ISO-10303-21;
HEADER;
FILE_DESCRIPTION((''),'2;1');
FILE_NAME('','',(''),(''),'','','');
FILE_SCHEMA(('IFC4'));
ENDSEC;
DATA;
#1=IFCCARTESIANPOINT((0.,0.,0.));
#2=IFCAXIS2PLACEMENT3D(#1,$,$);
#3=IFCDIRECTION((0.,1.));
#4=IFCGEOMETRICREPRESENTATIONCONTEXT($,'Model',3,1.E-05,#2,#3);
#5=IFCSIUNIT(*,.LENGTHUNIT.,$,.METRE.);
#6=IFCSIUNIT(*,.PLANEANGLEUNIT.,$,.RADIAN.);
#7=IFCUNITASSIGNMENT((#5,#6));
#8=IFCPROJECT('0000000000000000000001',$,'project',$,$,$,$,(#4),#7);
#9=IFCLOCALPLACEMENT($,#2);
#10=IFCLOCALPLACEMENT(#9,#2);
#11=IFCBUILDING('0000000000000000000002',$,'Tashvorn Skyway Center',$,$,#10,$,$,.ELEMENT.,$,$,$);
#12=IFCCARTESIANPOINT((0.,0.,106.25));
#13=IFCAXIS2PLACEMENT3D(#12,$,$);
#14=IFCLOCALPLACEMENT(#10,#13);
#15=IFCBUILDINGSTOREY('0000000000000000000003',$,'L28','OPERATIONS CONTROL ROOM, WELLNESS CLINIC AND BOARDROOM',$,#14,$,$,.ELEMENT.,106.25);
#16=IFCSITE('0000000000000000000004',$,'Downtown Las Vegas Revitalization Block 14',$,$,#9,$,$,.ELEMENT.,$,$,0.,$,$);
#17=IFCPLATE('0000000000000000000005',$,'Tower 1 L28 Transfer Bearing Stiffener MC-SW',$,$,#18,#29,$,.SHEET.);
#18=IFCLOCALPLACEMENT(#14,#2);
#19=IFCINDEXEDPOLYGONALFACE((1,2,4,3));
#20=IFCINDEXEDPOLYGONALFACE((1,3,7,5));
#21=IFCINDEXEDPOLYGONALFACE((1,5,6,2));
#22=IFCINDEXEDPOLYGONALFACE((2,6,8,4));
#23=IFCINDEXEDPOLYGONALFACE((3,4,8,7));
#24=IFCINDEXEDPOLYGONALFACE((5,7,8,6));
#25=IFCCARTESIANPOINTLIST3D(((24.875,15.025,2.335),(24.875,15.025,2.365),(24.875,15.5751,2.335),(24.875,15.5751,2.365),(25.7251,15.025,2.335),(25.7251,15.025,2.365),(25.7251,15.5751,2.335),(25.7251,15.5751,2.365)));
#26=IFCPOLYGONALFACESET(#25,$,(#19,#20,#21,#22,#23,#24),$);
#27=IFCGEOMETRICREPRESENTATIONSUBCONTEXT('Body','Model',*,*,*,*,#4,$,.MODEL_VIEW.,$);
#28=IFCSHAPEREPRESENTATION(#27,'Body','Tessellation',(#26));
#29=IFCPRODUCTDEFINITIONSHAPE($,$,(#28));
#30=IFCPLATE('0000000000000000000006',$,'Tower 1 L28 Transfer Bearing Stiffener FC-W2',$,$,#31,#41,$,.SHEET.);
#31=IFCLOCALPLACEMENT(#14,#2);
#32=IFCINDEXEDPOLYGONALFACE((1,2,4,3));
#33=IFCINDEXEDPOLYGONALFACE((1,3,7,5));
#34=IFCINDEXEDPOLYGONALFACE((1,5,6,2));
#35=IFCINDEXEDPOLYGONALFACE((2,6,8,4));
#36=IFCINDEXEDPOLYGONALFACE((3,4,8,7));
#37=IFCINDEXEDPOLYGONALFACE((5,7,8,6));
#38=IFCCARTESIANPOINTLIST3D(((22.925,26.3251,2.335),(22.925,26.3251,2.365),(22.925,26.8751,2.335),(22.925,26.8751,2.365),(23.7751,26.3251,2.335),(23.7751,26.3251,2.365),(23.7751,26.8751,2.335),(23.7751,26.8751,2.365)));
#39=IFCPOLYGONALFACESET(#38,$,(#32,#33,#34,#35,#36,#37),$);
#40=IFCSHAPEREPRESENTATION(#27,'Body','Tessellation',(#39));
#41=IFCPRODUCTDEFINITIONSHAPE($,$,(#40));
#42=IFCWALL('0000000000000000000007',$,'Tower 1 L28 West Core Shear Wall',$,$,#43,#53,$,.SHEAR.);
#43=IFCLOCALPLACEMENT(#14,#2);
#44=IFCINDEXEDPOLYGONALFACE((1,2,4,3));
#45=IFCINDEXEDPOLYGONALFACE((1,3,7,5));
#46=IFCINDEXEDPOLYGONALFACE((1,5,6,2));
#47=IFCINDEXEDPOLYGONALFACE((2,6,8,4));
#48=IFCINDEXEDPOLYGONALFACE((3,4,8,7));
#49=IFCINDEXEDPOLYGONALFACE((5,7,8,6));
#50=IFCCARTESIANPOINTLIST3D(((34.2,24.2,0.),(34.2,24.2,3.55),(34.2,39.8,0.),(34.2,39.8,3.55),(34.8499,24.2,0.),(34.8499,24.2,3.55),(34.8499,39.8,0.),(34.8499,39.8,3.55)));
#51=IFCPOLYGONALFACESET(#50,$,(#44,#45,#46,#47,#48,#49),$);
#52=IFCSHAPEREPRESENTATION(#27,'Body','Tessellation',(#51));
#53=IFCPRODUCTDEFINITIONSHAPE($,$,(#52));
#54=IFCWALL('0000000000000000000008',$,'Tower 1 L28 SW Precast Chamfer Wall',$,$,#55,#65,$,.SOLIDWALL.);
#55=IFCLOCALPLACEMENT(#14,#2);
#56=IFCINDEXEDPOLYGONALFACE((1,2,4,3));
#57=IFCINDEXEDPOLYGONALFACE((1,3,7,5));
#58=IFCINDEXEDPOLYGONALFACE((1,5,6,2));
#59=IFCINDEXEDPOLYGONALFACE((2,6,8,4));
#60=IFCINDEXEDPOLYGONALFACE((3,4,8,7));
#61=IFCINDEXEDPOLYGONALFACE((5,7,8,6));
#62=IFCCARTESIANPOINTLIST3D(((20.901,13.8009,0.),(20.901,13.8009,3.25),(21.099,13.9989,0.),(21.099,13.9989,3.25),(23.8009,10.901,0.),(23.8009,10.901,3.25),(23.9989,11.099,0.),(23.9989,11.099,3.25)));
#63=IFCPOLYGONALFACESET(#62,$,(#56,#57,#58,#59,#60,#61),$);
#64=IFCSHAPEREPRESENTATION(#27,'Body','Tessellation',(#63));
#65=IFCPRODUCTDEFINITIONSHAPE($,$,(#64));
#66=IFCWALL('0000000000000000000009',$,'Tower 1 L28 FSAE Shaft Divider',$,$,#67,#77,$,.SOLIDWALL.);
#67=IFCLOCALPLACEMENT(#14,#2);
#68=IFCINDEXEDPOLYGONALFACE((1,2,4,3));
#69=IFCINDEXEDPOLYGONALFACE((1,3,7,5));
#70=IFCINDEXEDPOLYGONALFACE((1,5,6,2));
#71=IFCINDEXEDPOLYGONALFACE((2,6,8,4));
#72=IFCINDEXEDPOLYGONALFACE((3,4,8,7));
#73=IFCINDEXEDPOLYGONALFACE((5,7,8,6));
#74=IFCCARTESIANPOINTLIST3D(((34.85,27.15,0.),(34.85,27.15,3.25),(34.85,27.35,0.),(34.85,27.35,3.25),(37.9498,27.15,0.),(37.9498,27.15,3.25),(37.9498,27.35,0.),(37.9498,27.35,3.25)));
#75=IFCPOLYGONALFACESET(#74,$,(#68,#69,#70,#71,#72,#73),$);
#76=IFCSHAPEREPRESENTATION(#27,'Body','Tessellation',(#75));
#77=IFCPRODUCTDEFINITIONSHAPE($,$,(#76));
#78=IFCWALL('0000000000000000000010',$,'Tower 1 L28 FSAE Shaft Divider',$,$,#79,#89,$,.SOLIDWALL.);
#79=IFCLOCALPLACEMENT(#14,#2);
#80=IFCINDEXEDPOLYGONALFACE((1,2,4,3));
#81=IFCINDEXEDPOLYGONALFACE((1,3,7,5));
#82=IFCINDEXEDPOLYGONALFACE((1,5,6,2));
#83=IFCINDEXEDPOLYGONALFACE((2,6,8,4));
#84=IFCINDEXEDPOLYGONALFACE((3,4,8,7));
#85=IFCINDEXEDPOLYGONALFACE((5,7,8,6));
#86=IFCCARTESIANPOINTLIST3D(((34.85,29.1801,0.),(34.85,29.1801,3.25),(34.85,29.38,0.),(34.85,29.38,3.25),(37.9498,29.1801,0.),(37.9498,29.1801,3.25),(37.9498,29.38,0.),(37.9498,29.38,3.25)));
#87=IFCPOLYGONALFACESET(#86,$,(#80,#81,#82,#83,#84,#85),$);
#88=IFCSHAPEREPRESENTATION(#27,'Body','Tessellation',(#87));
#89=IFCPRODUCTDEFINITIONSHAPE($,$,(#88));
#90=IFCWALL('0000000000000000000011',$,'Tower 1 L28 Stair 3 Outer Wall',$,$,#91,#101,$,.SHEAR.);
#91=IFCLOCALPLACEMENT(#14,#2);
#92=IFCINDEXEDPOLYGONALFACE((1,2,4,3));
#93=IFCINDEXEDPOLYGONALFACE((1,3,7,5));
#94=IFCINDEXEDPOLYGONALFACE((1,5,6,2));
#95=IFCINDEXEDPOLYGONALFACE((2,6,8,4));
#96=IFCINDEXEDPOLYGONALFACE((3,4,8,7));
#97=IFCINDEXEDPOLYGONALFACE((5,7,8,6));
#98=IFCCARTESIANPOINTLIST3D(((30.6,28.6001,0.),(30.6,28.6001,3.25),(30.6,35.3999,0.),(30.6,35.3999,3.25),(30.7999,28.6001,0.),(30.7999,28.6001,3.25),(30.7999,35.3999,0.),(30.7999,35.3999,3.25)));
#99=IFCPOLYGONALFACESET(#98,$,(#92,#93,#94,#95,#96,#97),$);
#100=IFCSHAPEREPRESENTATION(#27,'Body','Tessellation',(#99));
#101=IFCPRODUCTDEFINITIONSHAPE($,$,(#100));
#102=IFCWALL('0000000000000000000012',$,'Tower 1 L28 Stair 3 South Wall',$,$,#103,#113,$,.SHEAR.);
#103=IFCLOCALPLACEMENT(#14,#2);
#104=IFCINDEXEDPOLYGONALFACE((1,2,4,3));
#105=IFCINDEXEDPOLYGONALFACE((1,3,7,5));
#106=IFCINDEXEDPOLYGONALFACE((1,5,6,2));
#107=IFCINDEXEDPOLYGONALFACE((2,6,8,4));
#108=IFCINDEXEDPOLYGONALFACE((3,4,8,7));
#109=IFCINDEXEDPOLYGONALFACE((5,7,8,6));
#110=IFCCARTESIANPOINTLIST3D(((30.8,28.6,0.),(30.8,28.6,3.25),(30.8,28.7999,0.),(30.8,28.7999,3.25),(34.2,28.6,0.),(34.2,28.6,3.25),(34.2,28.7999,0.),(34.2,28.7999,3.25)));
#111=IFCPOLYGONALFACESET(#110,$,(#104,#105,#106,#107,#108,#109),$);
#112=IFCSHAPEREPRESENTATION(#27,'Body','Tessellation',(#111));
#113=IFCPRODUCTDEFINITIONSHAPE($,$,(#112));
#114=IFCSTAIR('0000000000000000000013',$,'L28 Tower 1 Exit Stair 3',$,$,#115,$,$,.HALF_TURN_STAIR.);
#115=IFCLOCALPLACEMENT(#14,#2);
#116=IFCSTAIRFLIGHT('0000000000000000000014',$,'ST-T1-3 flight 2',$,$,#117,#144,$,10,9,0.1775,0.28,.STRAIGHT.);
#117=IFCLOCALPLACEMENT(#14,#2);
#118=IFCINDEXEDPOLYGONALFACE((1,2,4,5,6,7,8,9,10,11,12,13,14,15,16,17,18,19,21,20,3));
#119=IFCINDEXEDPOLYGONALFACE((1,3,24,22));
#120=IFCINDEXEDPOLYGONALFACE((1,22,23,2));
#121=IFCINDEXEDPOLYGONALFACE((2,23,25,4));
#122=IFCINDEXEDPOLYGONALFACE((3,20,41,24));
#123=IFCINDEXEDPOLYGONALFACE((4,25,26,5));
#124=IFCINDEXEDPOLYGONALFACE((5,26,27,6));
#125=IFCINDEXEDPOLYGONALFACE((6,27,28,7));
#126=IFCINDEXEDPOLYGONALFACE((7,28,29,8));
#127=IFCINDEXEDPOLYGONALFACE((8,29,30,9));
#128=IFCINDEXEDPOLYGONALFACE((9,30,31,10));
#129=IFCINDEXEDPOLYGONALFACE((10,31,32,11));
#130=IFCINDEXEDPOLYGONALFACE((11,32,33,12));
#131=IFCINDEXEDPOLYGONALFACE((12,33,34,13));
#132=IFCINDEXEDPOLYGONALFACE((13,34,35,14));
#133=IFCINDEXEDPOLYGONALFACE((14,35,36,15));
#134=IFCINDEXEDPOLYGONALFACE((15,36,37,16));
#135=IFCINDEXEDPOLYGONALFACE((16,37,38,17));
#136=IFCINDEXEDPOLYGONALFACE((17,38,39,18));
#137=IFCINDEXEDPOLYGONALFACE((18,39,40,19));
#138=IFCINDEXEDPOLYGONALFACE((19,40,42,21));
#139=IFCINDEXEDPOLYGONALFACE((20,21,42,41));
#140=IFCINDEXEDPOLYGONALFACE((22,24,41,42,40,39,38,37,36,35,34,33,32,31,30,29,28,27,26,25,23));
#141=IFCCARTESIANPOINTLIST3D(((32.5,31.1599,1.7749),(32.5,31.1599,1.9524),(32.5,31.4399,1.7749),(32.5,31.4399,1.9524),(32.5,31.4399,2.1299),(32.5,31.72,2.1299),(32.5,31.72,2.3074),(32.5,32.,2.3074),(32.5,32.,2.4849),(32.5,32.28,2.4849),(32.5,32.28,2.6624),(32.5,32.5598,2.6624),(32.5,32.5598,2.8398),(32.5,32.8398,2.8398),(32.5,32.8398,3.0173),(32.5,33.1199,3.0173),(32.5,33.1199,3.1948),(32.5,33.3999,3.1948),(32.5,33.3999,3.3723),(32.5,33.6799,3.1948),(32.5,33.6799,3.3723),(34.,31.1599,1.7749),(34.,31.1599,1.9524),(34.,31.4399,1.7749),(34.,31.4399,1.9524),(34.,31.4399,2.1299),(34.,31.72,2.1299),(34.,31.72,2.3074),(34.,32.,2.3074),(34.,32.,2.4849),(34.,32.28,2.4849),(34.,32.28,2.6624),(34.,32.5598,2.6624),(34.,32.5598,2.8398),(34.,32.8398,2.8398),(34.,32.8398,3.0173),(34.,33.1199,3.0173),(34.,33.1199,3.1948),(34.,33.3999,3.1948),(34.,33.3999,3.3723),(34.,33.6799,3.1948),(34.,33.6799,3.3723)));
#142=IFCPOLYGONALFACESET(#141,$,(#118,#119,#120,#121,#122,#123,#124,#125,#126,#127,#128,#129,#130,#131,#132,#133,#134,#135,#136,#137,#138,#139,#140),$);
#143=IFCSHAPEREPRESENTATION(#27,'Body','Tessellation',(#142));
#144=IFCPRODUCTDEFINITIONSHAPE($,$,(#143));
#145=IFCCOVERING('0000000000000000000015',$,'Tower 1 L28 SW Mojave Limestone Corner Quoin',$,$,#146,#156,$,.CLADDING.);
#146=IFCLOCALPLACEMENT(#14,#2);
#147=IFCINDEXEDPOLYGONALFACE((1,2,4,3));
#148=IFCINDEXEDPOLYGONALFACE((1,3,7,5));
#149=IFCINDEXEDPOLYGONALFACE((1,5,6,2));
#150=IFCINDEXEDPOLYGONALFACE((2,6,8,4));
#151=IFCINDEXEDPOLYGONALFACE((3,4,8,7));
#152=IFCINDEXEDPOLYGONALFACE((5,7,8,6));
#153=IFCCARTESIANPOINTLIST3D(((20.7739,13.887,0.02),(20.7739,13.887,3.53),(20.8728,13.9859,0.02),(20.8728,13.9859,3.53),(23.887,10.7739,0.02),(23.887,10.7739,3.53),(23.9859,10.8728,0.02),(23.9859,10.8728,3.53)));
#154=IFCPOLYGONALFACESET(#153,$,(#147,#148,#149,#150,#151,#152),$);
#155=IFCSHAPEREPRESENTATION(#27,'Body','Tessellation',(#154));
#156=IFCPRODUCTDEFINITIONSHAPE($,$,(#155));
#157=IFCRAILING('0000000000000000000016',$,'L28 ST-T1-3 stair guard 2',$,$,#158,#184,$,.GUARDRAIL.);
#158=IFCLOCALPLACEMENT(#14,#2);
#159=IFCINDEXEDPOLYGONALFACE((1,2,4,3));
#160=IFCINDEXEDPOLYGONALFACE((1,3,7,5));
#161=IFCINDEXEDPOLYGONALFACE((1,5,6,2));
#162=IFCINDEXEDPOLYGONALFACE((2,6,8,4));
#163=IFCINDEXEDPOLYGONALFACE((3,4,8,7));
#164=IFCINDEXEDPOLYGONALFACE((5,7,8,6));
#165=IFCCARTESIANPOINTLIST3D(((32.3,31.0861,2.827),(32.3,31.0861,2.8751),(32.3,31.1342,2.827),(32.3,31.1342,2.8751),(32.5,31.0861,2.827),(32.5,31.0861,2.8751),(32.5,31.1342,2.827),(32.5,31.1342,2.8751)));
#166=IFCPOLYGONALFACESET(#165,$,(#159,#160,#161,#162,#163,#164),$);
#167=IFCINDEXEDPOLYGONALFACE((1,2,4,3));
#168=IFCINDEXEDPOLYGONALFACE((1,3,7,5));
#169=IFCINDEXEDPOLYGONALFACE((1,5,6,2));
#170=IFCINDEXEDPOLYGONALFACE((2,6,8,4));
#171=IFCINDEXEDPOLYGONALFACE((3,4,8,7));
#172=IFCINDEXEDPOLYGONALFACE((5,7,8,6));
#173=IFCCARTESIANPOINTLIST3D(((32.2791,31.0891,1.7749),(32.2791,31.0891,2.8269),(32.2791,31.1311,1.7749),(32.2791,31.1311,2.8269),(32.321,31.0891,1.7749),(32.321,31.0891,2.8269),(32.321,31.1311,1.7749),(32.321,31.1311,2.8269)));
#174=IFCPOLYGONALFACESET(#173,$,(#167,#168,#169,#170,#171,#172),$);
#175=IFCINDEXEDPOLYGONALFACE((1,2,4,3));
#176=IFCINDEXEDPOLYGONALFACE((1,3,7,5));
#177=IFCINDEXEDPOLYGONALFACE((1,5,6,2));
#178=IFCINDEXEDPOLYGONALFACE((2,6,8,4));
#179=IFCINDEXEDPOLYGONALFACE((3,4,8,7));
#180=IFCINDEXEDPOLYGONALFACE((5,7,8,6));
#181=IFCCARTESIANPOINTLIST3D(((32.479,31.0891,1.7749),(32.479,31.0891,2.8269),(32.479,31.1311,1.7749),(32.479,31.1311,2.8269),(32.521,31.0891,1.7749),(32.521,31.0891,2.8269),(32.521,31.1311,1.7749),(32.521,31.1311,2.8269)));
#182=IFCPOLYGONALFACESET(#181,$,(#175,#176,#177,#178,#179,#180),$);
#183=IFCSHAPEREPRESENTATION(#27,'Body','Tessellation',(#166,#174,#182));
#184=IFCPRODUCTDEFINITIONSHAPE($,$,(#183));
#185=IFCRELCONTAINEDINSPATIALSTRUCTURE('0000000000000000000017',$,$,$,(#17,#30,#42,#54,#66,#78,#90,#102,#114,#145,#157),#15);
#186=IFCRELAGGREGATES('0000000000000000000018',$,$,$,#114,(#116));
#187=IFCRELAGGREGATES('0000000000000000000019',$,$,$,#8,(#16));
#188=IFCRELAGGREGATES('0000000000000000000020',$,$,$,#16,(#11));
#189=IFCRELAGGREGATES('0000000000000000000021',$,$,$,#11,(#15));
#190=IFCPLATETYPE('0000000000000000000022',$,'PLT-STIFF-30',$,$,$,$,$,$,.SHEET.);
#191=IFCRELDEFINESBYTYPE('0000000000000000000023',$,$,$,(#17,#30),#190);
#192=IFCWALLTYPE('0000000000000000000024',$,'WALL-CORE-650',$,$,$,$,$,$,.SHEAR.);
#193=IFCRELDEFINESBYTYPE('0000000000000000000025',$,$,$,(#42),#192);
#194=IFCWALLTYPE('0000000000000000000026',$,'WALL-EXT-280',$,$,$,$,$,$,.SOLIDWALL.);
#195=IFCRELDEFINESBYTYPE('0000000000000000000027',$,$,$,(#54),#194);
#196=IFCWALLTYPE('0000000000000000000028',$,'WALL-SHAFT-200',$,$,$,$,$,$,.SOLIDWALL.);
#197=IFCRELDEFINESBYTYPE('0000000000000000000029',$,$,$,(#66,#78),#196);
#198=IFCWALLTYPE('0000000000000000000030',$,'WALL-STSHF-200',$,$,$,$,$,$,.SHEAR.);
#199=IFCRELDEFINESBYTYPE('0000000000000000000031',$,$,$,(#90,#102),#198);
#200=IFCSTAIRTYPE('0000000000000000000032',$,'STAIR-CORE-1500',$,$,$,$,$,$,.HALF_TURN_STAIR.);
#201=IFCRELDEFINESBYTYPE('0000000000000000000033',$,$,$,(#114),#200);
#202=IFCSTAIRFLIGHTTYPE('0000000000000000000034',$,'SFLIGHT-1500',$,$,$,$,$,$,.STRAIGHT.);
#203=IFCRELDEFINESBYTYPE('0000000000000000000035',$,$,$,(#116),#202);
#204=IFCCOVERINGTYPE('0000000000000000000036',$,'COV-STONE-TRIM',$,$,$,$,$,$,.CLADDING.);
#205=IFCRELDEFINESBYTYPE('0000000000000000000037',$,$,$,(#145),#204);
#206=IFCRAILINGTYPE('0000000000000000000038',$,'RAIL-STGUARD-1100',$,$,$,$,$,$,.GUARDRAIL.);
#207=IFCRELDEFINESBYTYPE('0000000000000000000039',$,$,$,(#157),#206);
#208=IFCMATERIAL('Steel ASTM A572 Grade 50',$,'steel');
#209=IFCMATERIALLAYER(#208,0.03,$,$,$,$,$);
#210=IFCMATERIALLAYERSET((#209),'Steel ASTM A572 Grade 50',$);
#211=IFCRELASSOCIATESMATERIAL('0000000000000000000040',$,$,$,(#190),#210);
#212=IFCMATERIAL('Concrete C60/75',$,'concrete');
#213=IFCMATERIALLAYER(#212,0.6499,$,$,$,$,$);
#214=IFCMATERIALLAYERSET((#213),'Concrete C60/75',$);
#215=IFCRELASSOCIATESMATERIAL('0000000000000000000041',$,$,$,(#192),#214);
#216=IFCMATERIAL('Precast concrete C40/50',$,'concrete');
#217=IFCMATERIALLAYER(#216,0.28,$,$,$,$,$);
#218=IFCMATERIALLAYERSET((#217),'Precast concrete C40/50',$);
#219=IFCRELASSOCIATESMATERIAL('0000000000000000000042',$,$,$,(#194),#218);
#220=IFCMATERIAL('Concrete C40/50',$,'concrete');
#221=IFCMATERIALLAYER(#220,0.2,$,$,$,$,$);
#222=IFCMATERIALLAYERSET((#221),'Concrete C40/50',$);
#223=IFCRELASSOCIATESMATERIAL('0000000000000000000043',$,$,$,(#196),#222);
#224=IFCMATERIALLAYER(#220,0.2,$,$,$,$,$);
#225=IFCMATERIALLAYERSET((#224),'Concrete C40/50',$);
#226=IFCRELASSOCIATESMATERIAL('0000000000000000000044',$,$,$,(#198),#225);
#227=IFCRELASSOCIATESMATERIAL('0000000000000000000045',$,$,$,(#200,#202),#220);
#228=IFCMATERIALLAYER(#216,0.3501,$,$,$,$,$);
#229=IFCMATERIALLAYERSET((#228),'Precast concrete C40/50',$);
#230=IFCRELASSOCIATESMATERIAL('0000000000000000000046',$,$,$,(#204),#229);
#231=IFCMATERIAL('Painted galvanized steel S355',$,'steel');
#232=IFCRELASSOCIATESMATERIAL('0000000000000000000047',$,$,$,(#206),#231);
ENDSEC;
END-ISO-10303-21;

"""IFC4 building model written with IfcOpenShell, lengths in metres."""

from ifc_helpers import new_model, si_unit, direction, frame, frame_2d, origin, origin_2d, place, context, subcontext, project, spatial, polyline, rectangle, outline, extrude, material, layer, layer_set, type_object, element, aggregate, save


model = new_model("IFC4")

# Units and contexts
model_context = context("Model", 3, precision=1e-05, world=origin(), true_north=direction((0.0, 1.0)))
body_context = subcontext(model_context, "Body", "Model", "MODEL_VIEW")
ifc_project = project(units=[si_unit("LENGTHUNIT", "METRE"), si_unit("PLANEANGLEUNIT", "RADIAN")], contexts=[model_context])

# Site, building, storey
site_placement = place(None, origin())
site = spatial("IfcSite", under=ifc_project, at=site_placement, Name="Downtown Las Vegas Revitalization Block 14", CompositionType="ELEMENT", RefElevation=0.0)
building_placement = place(site_placement, origin())
building = spatial("IfcBuilding", under=site, at=building_placement, Name="Tashvorn Skyway Center", CompositionType="ELEMENT")
storey_placement = place(building_placement, frame((0.0, 0.0, 106.25)))
storey = spatial("IfcBuildingStorey", under=building, at=storey_placement, Name="L28", Description="OPERATIONS CONTROL ROOM, WELLNESS CLINIC AND BOARDROOM", CompositionType="ELEMENT", Elevation=106.25)

# Shared definitions
ifc_material_1 = material(Name="Steel ASTM A572 Grade 50", Category="steel")

# Plates
ifc_layer_1 = layer(ifc_material_1, 0.03)
ifc_layer_set_1 = layer_set([ifc_layer_1], Name="Steel ASTM A572 Grade 50")
plate_type_1 = type_object("IfcPlateType", Name="PLT-STIFF-30", PredefinedType="SHEET", material=ifc_layer_set_1)
for number, where, z_axis, x_axis, name in (
    (1, (25.3, 15.3, 2.335), (0.0, 0.0, 1.0), (1.0, 0.0, 0.0), "Tower 1 L28 Transfer Bearing Stiffener MC-SW"),
    (2, (23.3501, 26.6001, 2.335), (0.0, 0.0, 1.0), (1.0, 0.0, 0.0), "Tower 1 L28 Transfer Bearing Stiffener FC-W2"),
):
    element("IfcPlate", number, at=place(storey_placement, frame(where, z_axis=z_axis, x_axis=x_axis)), inside=storey, type_object=plate_type_1, Name=name, PredefinedType="SHEET", context=body_context, shape_type="SweptSolid", body=[
        extrude(rectangle(XDim=0.8501, YDim=0.55, at=origin_2d()), origin(), (0.0, 0.0, 1.0), 0.03),
    ])

# Walls
ifc_material_2 = material(Name="Concrete C60/75", Category="concrete")
ifc_layer_2 = layer(ifc_material_2, 0.6499)
ifc_layer_set_2 = layer_set([ifc_layer_2], Name="Concrete C60/75")
wall_type_1 = type_object("IfcWallType", Name="WALL-CORE-650", PredefinedType="SHEAR", material=ifc_layer_set_2)
wall_1_placement = place(storey_placement, frame((34.5249, 24.2, 0.0), z_axis=(0.0, 0.0, 1.0), x_axis=(0.0, 1.0, 0.0)))
element("IfcWall", 3, at=wall_1_placement, inside=storey, type_object=wall_type_1, Name="Tower 1 L28 West Core Shear Wall", PredefinedType="SHEAR", context=body_context, shape_type="SweptSolid", body=[
    extrude(rectangle(XDim=15.6001, YDim=0.6499, at=frame_2d((7.8, 0.0))), origin(), (0.0, 0.0, 1.0), 3.55),
])
ifc_material_3 = material(Name="Precast concrete C40/50", Category="concrete")
ifc_layer_3 = layer(ifc_material_3, 0.28)
ifc_layer_set_3 = layer_set([ifc_layer_3], Name="Precast concrete C40/50")
wall_type_2 = type_object("IfcWallType", Name="WALL-EXT-280", PredefinedType="SOLIDWALL", material=ifc_layer_set_3)
wall_2_placement = place(storey_placement, frame((23.8999, 11.0, 0.0), z_axis=(0.0, 0.0, 1.0), x_axis=(-0.707107, 0.707107, 0.0)))
element("IfcWall", 4, at=wall_2_placement, inside=storey, type_object=wall_type_2, Name="Tower 1 L28 SW Precast Chamfer Wall", PredefinedType="SOLIDWALL", context=body_context, shape_type="SweptSolid", body=[
    extrude(rectangle(XDim=4.1011, YDim=0.28, at=frame_2d((2.0505, 0.0))), origin(), (0.0, 0.0, 1.0), 3.25),
])
ifc_material_4 = material(Name="Concrete C40/50", Category="concrete")
ifc_layer_4 = layer(ifc_material_4, 0.2)
ifc_layer_set_4 = layer_set([ifc_layer_4], Name="Concrete C40/50")
wall_type_3 = type_object("IfcWallType", Name="WALL-SHAFT-200", PredefinedType="SOLIDWALL", material=ifc_layer_set_4)
for number, where, z_axis, x_axis, name in (
    (5, (34.8501, 27.25, 0.0), (0.0, 0.0, 1.0), (1.0, 0.0, 0.0), "Tower 1 L28 FSAE Shaft Divider"),
    (6, (34.8501, 29.28, 0.0), (0.0, 0.0, 1.0), (1.0, 0.0, 0.0), "Tower 1 L28 FSAE Shaft Divider"),
):
    element("IfcWall", number, at=place(storey_placement, frame(where, z_axis=z_axis, x_axis=x_axis)), inside=storey, type_object=wall_type_3, Name=name, PredefinedType="SOLIDWALL", context=body_context, shape_type="SweptSolid", body=[
        extrude(rectangle(XDim=3.0999, YDim=0.2, at=frame_2d((1.5498, 0.0))), origin(), (0.0, 0.0, 1.0), 3.25),
    ])
ifc_layer_5 = layer(ifc_material_4, 0.2)
ifc_layer_set_5 = layer_set([ifc_layer_5], Name="Concrete C40/50")
wall_type_4 = type_object("IfcWallType", Name="WALL-STSHF-200", PredefinedType="SHEAR", material=ifc_layer_set_5)
wall_3_placement = place(storey_placement, frame((30.7, 28.6001, 0.0), z_axis=(0.0, 0.0, 1.0), x_axis=(0.0, 1.0, 0.0)))
element("IfcWall", 7, at=wall_3_placement, inside=storey, type_object=wall_type_4, Name="Tower 1 L28 Stair 3 Outer Wall", PredefinedType="SHEAR", context=body_context, shape_type="SweptSolid", body=[
    extrude(rectangle(XDim=6.7998, YDim=0.2, at=frame_2d((3.3999, 0.0))), origin(), (0.0, 0.0, 1.0), 3.25),
])
wall_4_placement = place(storey_placement, frame((30.8, 28.7, 0.0), z_axis=(0.0, 0.0, 1.0), x_axis=(1.0, 0.0, 0.0)))
element("IfcWall", 8, at=wall_4_placement, inside=storey, type_object=wall_type_4, Name="Tower 1 L28 Stair 3 South Wall", PredefinedType="SHEAR", context=body_context, shape_type="SweptSolid", body=[
    extrude(rectangle(XDim=3.3999, YDim=0.2, at=frame_2d((1.7, 0.0))), origin(), (0.0, 0.0, 1.0), 3.25),
])

# Stair, stair flight
stair_type = type_object("IfcStairType", Name="STAIR-CORE-1500", PredefinedType="HALF_TURN_STAIR", material=ifc_material_4)
stair_placement = place(storey_placement, origin())
stair = element("IfcStair", 9, at=stair_placement, inside=storey, type_object=stair_type, Name="L28 Tower 1 Exit Stair 3", PredefinedType="HALF_TURN_STAIR")
stair_flight_type = type_object("IfcStairFlightType", Name="SFLIGHT-1500", PredefinedType="STRAIGHT", material=ifc_material_4)
stair_flight_placement = place(storey_placement, frame((33.25, 31.1599, 1.7749), z_axis=(0.0, 0.0, 1.0), x_axis=(0.0, 1.0, 0.0)))
stair_flight = element("IfcStairFlight", 10, at=stair_flight_placement, type_object=stair_flight_type, Name="ST-T1-3 flight 2", NumberOfRisers=10, NumberOfTreads=9, PredefinedType="STRAIGHT", RiserHeight=0.1775, TreadLength=0.28, context=body_context, shape_type="SweptSolid", body=[
    extrude(outline(polyline([(0.0, 0.0), (0.0, 0.1775), (0.28, 0.1775), (0.28, 0.355), (0.5601, 0.355), (0.5601, 0.5325), (0.8401, 0.5325), (0.8401, 0.71), (1.1201, 0.71), (1.1201, 0.8875), (1.3999, 0.8875), (1.3999, 1.0649), (1.6799, 1.0649), (1.6799, 1.2424), (1.96, 1.2424), (1.96, 1.4199), (2.24, 1.4199), (2.24, 1.5974), (2.52, 1.5974), (2.52, 1.7749), (2.52, 1.4199), (0.28, 0.0), (0.0, 0.0)])), frame((0.0, 0.75, 0.0), z_axis=(0.0, -1.0, 0.0), x_axis=(1.0, 0.0, 0.0)), (0.0, 0.0, 1.0), 1.5),
])
aggregate(stair, [stair_flight])

# Covering
ifc_layer_6 = layer(ifc_material_3, 0.3501)
ifc_layer_set_6 = layer_set([ifc_layer_6], Name="Precast concrete C40/50")
covering_type = type_object("IfcCoveringType", Name="COV-STONE-TRIM", PredefinedType="CLADDING", material=ifc_layer_set_6)
covering_placement = place(storey_placement, frame((22.3799, 12.3799, 0.02), z_axis=(0.0, 0.0, 1.0), x_axis=(-0.707107, 0.707107, 0.0)))
element("IfcCovering", 11, at=covering_placement, inside=storey, type_object=covering_type, Name="Tower 1 L28 SW Mojave Limestone Corner Quoin", PredefinedType="CLADDING", context=body_context, shape_type="SweptSolid", body=[
    extrude(rectangle(XDim=4.4026, YDim=0.1399, at=origin_2d()), origin(), (0.0, 0.0, 1.0), 3.51),
])

# Railing
ifc_material_5 = material(Name="Painted galvanized steel S355", Category="steel")
railing_type = type_object("IfcRailingType", Name="RAIL-STGUARD-1100", PredefinedType="GUARDRAIL", material=ifc_material_5)
railing_1_placement = place(storey_placement, frame((32.3, 31.1101, 1.7749)))
element("IfcRailing", 12, at=railing_1_placement, inside=storey, type_object=railing_type, Name="L28 ST-T1-3 stair guard 2", PredefinedType="GUARDRAIL", context=body_context, shape_type="SweptSolid", body=[
    extrude(rectangle(XDim=0.0481, YDim=0.0481, at=origin_2d()), frame((0.0, 0.0, 1.0762), z_axis=(1.0, 0.0, 0.0), x_axis=(0.0, 1.0, 0.0)), (0.0, 0.0, 1.0), 0.2),
    extrude(rectangle(XDim=0.042, YDim=0.042, at=origin_2d()), origin(), (0.0, 0.0, 1.0), 1.052),
    extrude(rectangle(XDim=0.042, YDim=0.042, at=origin_2d()), frame((0.2, 0.0, 0.0)), (0.0, 0.0, 1.0), 1.052),
])

save(model, "model.ifc")
